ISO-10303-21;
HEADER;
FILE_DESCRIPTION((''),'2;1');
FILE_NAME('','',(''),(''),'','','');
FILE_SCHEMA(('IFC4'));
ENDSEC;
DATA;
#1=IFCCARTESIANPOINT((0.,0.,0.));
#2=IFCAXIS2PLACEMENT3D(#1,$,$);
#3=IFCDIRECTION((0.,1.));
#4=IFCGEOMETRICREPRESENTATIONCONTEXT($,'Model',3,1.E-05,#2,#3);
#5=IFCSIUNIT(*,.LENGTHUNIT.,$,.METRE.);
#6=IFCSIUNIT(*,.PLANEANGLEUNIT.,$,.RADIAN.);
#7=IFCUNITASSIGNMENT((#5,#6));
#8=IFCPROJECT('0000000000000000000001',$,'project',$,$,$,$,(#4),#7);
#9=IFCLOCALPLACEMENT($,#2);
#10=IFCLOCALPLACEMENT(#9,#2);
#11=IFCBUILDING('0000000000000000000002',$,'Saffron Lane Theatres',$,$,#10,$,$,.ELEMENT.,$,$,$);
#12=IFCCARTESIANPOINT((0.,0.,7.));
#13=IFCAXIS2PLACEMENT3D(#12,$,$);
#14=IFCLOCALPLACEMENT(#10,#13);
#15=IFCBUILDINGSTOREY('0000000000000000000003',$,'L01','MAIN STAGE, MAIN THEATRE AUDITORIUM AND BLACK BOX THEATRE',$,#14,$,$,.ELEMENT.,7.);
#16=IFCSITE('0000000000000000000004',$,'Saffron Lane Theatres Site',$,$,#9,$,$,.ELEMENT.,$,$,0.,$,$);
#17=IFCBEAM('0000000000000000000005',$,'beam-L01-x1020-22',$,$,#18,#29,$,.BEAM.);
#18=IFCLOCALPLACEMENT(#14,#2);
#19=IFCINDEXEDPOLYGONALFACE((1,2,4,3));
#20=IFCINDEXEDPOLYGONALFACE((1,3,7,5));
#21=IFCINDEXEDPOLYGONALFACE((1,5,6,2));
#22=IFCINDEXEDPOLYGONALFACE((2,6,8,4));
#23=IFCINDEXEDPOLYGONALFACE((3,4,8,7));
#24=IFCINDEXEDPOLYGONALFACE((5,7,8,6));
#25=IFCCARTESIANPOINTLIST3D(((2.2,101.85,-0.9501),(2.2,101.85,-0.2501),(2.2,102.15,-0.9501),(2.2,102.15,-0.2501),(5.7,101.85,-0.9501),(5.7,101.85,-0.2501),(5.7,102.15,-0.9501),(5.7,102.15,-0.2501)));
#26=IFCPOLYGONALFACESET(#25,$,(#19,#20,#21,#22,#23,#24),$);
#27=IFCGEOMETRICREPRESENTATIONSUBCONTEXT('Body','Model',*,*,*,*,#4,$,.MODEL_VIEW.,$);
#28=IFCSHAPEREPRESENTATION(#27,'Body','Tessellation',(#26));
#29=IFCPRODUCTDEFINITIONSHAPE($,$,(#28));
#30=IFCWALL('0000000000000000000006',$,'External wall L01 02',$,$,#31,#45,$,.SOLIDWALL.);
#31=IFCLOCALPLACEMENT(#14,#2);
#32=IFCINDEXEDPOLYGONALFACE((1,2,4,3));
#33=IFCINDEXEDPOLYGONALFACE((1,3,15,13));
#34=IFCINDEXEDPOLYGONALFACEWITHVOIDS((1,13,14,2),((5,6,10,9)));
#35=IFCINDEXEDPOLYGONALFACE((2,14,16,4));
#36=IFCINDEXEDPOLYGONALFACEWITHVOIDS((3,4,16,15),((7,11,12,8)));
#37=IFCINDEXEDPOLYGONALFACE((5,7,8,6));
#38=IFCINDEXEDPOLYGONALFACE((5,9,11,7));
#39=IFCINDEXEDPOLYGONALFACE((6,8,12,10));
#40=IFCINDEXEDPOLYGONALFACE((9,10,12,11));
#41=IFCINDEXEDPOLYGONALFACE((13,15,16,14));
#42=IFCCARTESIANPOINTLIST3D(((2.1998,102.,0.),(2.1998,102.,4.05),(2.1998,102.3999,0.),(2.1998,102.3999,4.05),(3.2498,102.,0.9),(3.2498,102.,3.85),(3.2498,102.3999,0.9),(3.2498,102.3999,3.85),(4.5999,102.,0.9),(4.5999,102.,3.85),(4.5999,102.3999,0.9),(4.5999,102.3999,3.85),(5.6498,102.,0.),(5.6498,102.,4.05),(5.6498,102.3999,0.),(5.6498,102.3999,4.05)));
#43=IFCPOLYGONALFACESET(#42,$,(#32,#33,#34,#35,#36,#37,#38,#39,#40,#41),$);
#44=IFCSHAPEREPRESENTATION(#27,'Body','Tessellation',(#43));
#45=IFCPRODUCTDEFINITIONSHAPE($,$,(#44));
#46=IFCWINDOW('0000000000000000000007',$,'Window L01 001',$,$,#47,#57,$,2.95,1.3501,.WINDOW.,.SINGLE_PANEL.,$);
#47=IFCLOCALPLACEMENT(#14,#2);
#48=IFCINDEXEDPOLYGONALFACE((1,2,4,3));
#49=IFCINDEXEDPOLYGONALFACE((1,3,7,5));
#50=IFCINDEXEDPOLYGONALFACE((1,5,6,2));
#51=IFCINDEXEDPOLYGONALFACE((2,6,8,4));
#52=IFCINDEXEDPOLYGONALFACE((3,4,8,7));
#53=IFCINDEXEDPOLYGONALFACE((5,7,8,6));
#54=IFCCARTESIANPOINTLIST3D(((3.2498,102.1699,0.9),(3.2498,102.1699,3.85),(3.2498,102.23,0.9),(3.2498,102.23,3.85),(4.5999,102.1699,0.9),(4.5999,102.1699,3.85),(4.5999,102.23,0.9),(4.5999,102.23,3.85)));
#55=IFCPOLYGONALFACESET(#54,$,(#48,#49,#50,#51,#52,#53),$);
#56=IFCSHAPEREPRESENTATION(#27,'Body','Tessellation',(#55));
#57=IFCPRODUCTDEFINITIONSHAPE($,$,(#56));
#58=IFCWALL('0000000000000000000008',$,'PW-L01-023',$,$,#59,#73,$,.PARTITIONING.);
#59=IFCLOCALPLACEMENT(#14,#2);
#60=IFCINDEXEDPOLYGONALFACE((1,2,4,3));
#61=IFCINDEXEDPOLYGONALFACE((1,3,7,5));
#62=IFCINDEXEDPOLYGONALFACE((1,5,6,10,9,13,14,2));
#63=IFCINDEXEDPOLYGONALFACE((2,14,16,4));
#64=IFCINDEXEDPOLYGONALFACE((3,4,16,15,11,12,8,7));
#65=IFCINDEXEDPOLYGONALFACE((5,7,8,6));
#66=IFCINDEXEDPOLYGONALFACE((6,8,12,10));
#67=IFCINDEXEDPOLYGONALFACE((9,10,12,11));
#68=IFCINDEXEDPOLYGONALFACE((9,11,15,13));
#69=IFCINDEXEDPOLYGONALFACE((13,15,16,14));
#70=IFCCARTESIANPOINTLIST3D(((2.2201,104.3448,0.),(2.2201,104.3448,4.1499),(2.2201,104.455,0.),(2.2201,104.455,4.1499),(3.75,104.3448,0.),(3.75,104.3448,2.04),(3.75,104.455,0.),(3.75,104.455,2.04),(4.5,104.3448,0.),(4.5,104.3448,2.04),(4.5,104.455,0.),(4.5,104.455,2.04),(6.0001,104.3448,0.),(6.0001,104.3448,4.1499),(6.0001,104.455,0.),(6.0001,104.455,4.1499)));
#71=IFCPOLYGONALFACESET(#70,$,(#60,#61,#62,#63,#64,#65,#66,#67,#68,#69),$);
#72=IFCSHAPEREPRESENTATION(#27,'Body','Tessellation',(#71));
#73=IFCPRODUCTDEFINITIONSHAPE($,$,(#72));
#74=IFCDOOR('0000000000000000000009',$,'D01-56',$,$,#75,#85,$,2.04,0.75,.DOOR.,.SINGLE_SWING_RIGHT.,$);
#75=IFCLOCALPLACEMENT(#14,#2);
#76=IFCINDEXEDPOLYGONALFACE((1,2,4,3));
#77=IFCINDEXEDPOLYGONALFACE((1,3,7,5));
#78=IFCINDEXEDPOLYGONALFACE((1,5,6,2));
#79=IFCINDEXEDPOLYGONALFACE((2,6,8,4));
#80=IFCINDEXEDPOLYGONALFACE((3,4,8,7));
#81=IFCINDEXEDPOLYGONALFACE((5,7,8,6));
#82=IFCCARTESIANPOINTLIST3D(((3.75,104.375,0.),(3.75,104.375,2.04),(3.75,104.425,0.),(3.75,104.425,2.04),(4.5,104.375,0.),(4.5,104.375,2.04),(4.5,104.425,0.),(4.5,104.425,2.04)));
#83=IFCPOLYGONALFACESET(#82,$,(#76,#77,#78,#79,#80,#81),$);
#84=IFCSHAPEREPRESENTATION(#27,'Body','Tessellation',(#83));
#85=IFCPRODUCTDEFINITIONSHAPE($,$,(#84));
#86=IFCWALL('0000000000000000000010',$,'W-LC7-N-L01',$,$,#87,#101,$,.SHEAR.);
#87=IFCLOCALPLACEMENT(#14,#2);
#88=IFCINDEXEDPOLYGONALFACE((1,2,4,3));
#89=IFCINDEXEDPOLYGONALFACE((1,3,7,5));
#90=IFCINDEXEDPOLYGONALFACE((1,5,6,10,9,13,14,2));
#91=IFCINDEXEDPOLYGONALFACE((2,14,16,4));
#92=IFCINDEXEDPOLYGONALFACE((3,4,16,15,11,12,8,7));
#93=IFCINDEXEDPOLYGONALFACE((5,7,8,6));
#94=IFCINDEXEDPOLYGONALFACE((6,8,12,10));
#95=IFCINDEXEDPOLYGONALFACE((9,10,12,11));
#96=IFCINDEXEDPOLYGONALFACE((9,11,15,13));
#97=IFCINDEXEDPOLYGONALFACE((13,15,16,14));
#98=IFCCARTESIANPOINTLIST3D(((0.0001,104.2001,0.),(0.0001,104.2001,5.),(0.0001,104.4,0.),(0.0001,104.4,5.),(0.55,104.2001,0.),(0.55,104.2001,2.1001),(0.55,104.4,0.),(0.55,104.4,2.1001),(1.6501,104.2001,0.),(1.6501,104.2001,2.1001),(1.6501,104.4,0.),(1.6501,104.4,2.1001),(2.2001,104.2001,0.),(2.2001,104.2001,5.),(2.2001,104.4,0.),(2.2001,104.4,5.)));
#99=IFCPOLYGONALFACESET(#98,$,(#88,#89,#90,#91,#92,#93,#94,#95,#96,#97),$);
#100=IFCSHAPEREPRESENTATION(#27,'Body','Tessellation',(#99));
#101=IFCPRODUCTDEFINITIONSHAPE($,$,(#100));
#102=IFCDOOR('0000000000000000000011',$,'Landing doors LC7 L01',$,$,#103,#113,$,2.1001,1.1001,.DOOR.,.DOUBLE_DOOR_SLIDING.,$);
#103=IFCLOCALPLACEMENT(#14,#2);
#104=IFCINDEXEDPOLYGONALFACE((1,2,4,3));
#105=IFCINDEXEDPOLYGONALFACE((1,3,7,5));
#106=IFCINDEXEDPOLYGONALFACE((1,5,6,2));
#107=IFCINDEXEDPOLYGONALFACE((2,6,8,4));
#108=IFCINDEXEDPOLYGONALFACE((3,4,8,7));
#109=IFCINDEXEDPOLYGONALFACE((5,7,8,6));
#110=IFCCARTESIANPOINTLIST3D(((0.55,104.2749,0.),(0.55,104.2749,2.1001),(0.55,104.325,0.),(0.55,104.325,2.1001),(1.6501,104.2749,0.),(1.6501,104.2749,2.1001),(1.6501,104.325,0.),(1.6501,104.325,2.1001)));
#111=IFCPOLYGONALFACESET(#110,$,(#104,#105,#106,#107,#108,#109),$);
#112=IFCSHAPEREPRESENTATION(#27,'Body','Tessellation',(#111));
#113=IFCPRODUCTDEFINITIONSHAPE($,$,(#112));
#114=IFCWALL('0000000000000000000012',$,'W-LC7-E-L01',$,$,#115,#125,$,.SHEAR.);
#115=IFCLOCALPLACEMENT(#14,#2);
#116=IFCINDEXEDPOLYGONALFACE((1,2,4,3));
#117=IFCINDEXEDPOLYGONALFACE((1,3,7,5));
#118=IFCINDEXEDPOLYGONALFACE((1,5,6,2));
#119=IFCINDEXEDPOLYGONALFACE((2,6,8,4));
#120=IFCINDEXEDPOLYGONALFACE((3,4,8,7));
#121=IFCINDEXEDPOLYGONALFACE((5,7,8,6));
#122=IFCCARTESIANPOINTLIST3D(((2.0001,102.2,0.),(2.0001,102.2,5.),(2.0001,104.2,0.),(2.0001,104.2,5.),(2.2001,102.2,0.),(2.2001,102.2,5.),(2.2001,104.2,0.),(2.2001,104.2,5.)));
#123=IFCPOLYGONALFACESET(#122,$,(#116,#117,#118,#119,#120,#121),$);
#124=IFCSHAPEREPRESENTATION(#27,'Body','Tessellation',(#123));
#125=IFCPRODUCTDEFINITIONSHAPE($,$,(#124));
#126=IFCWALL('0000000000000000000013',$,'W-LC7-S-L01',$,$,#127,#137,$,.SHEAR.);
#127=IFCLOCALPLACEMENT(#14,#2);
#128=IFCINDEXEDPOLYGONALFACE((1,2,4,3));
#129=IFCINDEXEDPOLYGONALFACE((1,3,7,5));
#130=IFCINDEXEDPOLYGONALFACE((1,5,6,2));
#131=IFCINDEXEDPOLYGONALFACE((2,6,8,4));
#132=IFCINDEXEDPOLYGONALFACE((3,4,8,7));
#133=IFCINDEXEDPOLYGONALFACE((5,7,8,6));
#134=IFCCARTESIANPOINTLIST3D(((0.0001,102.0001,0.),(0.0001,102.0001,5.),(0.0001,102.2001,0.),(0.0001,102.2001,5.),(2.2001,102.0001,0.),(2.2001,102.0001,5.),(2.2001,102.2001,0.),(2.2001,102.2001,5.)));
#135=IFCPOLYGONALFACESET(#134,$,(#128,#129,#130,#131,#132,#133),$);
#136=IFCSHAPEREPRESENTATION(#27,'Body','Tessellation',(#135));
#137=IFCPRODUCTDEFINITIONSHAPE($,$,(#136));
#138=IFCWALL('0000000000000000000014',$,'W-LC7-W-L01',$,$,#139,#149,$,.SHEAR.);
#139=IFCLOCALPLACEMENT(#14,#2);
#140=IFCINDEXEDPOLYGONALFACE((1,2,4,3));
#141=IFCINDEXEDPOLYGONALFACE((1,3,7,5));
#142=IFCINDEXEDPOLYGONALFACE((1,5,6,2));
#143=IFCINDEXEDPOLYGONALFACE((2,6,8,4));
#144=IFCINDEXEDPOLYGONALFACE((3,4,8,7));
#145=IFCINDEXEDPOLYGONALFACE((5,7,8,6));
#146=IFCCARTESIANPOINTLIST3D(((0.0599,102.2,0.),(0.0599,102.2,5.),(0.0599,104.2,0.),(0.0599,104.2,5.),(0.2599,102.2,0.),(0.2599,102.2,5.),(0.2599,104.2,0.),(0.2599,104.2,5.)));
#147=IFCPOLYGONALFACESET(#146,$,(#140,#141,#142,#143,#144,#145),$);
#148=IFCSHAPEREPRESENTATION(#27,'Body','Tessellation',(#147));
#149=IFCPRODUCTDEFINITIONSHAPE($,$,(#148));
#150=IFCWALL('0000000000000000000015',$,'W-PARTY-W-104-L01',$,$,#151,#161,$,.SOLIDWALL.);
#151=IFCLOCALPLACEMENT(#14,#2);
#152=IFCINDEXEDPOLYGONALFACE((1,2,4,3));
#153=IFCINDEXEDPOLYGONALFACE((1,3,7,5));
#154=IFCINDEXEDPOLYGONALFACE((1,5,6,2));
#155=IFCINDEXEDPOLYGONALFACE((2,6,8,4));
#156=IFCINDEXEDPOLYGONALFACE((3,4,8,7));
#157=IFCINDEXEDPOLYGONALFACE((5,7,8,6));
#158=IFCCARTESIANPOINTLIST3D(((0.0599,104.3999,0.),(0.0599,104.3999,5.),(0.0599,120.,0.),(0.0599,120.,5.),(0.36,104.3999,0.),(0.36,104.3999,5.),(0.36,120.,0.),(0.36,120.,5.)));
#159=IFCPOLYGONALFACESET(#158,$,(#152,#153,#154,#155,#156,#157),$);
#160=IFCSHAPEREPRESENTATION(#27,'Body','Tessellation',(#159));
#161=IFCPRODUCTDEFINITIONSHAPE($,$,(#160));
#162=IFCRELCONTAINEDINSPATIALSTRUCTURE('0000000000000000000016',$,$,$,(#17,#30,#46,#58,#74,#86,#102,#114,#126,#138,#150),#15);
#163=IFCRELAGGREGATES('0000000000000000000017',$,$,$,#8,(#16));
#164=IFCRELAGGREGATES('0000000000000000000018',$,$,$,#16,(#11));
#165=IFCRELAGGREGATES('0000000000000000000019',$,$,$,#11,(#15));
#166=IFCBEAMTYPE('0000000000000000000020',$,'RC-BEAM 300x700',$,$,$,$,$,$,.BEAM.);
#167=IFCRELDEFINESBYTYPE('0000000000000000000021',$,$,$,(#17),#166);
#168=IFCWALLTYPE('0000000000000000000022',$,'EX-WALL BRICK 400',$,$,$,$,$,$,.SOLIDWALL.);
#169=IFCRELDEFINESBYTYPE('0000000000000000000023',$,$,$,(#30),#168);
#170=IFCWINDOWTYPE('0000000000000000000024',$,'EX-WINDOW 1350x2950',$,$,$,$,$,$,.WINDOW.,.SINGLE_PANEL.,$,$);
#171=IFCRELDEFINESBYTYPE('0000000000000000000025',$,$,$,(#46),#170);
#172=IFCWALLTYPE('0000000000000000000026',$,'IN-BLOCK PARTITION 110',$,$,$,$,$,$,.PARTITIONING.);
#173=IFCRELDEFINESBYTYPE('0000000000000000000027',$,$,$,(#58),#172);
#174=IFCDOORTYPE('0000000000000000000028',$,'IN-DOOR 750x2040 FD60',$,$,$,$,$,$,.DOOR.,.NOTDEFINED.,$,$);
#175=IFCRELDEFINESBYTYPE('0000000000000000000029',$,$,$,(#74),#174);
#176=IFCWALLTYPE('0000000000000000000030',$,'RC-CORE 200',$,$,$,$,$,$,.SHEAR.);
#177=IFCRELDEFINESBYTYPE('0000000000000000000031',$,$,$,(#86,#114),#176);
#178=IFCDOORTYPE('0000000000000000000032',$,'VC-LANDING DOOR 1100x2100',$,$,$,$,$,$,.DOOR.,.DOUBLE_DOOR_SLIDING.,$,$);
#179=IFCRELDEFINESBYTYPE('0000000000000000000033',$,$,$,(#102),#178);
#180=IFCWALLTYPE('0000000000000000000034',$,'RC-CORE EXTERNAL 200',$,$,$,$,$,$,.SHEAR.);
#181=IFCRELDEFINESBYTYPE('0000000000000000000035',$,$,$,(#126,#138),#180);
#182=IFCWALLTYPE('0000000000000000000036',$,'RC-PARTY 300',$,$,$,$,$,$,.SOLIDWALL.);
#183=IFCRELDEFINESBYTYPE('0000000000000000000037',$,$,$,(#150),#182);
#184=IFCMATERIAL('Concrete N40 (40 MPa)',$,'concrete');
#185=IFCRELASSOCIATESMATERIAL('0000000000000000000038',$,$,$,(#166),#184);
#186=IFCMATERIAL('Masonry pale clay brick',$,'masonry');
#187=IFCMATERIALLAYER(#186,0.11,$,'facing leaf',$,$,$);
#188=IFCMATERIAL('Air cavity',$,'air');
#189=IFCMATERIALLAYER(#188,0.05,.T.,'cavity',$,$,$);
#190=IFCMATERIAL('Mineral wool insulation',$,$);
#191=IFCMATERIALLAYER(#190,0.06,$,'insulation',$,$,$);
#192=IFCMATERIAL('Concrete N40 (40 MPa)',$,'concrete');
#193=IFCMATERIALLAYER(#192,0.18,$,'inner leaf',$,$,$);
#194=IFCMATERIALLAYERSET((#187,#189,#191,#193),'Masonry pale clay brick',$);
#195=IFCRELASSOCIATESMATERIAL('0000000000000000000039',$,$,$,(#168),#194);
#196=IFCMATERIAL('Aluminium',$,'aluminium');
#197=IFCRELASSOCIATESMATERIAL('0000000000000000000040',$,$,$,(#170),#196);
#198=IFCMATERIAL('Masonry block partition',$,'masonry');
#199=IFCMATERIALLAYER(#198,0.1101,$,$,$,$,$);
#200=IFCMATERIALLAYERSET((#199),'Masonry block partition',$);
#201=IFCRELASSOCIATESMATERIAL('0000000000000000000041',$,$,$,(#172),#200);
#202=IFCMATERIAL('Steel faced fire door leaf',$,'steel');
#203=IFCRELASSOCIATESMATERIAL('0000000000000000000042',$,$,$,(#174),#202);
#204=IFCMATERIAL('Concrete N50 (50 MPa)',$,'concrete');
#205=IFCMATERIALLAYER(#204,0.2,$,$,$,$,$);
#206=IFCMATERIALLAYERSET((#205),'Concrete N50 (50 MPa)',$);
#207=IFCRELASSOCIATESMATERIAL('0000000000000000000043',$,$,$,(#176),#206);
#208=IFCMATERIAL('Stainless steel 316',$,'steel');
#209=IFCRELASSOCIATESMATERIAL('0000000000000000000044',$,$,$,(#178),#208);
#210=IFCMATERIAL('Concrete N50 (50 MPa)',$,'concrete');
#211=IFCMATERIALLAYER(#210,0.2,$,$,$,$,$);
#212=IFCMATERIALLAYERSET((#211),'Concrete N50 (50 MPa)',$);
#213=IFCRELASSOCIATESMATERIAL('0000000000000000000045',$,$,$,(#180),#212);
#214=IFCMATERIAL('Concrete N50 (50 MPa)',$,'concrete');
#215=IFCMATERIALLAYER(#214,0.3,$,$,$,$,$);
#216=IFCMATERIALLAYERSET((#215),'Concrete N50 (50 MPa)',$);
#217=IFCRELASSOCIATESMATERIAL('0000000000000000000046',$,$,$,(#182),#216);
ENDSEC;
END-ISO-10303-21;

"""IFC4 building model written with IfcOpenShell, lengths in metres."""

from ifc_helpers import new_model, si_unit, direction, frame, frame_2d, origin, origin_2d, place, context, subcontext, project, spatial, rectangle, extrude, material, layer, layer_set, material_profile, profile_set, type_object, element, fill, save


model = new_model("IFC4")

# Units and contexts
model_context = context("Model", 3, precision=1e-05, world=origin(), true_north=direction((0.0, 1.0)))
body_context = subcontext(model_context, "Body", "Model", "MODEL_VIEW")
ifc_project = project(units=[si_unit("LENGTHUNIT", "METRE"), si_unit("PLANEANGLEUNIT", "RADIAN")], contexts=[model_context])

# Site, building, storey
site_placement = place(None, origin())
site = spatial("IfcSite", under=ifc_project, at=site_placement, Name="Saffron Lane Theatres Site", CompositionType="ELEMENT", RefElevation=0.0)
building_placement = place(site_placement, origin())
building = spatial("IfcBuilding", under=site, at=building_placement, Name="Saffron Lane Theatres", CompositionType="ELEMENT")
storey_placement = place(building_placement, frame((0.0, 0.0, 7.0)))
storey = spatial("IfcBuildingStorey", under=building, at=storey_placement, Name="L01", Description="MAIN STAGE, MAIN THEATRE AUDITORIUM AND BLACK BOX THEATRE", CompositionType="ELEMENT", Elevation=7.0)

# Beam
ifc_material_1 = material(Name="Concrete N40 (40 MPa)", Category="concrete")
ifc_material_profile = material_profile(ifc_material_1, rectangle(XDim=0.3, YDim=0.7, at=origin_2d()))
ifc_profile_set = profile_set([ifc_material_profile], Name="Concrete N40 (40 MPa)")
beam_type = type_object("IfcBeamType", Name="RC-BEAM 300x700", PredefinedType="BEAM", material=ifc_profile_set)
beam_placement = place(storey_placement, frame((2.2, 102.0, -0.6001), z_axis=(1.0, 0.0, 0.0), x_axis=(0.0, 1.0, 0.0)))
element("IfcBeam", 1, at=beam_placement, inside=storey, type_object=beam_type, Name="beam-L01-x1020-22", PredefinedType="BEAM", context=body_context, shape_type="SweptSolid", body=[
    extrude(rectangle(XDim=0.3, YDim=0.7, at=origin_2d()), origin(), (0.0, 0.0, 1.0), 3.5),
])

# Wall, opening, window
ifc_material_2 = material(Name="Masonry pale clay brick", Category="masonry")
ifc_layer_1 = layer(ifc_material_2, 0.11, Name="facing leaf")
ifc_material_3 = material(Name="Air cavity", Category="air")
ifc_layer_2 = layer(ifc_material_3, 0.05, ventilated=True, Name="cavity")
ifc_material_4 = material(Name="Mineral wool insulation")
ifc_layer_3 = layer(ifc_material_4, 0.06, Name="insulation")
ifc_material_5 = material(Name="Concrete N40 (40 MPa)", Category="concrete")
ifc_layer_4 = layer(ifc_material_5, 0.18, Name="inner leaf")
ifc_layer_set_1 = layer_set([ifc_layer_1, ifc_layer_2, ifc_layer_3, ifc_layer_4], Name="Masonry pale clay brick")
wall_type_1 = type_object("IfcWallType", Name="EX-WALL BRICK 400", PredefinedType="SOLIDWALL", material=ifc_layer_set_1)
wall_1_placement = place(storey_placement, frame((5.6499, 102.2, 0.0), z_axis=(0.0, 0.0, 1.0), x_axis=(-1.0, 0.0, 0.0)))
wall_1 = element("IfcWall", 2, at=wall_1_placement, inside=storey, type_object=wall_type_1, Name="External wall L01 02", PredefinedType="SOLIDWALL", context=body_context, shape_type="SweptSolid", body=[
    extrude(rectangle(XDim=3.45, YDim=0.3999, at=frame_2d((1.7251, 0.0))), origin(), (0.0, 0.0, 1.0), 4.05),
])
opening_1_placement = place(wall_1_placement, frame((1.05, 0.0, 0.8999)))
opening_1 = element("IfcOpeningElement", 3, at=opening_1_placement, cuts=wall_1, PredefinedType="OPENING", context=body_context, shape_type="SweptSolid", body=[
    extrude(rectangle(XDim=1.3501, YDim=2.95, at=frame_2d((0.675, 1.4751))), frame((0.0, 0.21, 0.0), z_axis=(0.0, -1.0, 0.0), x_axis=(1.0, 0.0, 0.0)), (0.0, 0.0, 1.0), 0.4199),
])
ifc_material_6 = material(Name="Aluminium", Category="aluminium")
window_type = type_object("IfcWindowType", Name="EX-WINDOW 1350x2950", PartitioningType="SINGLE_PANEL", PredefinedType="WINDOW", material=ifc_material_6)
window_placement = place(opening_1_placement, origin())
window = element("IfcWindow", 4, at=window_placement, inside=storey, type_object=window_type, Name="Window L01 001", OverallHeight=2.95, OverallWidth=1.3501, PartitioningType="SINGLE_PANEL", PredefinedType="WINDOW", context=body_context, shape_type="SweptSolid", body=[
    extrude(rectangle(XDim=1.3501, YDim=2.95, at=frame_2d((0.675, 1.4751))), frame((0.0, 0.03, 0.0), z_axis=(0.0, -1.0, 0.0), x_axis=(1.0, 0.0, 0.0)), (0.0, 0.0, 1.0), 0.0601),
])
fill(opening_1, window)

# Walls, openings, doors
ifc_material_7 = material(Name="Masonry block partition", Category="masonry")
ifc_layer_5 = layer(ifc_material_7, 0.1101)
ifc_layer_set_2 = layer_set([ifc_layer_5], Name="Masonry block partition")
wall_type_2 = type_object("IfcWallType", Name="IN-BLOCK PARTITION 110", PredefinedType="PARTITIONING", material=ifc_layer_set_2)
wall_2_placement = place(storey_placement, frame((2.22, 104.3999, 0.0), z_axis=(0.0, 0.0, 1.0), x_axis=(1.0, 0.0, 0.0)))
wall_2 = element("IfcWall", 5, at=wall_2_placement, inside=storey, type_object=wall_type_2, Name="PW-L01-023", PredefinedType="PARTITIONING", context=body_context, shape_type="SweptSolid", body=[
    extrude(rectangle(XDim=3.78, YDim=0.1101, at=frame_2d((1.8901, 0.0))), origin(), (0.0, 0.0, 1.0), 4.1499),
])
opening_2_placement = place(wall_2_placement, frame((1.53, 0.0, 0.0)))
opening_2 = element("IfcOpeningElement", 6, at=opening_2_placement, cuts=wall_2, PredefinedType="OPENING", context=body_context, shape_type="SweptSolid", body=[
    extrude(rectangle(XDim=0.75, YDim=2.04, at=frame_2d((0.375, 1.02))), frame((0.0, 0.0649, 0.0), z_axis=(0.0, -1.0, 0.0), x_axis=(1.0, 0.0, 0.0)), (0.0, 0.0, 1.0), 0.1301),
])
ifc_material_8 = material(Name="Steel faced fire door leaf", Category="steel")
door_type_1 = type_object("IfcDoorType", Name="IN-DOOR 750x2040 FD60", OperationType="NOTDEFINED", PredefinedType="DOOR", material=ifc_material_8)
door_1_placement = place(opening_2_placement, frame((0.75, 0.0, 0.0), z_axis=(0.0, 0.0, 1.0), x_axis=(-1.0, 0.0, 0.0)))
door_1 = element("IfcDoor", 7, at=door_1_placement, inside=storey, type_object=door_type_1, Name="D01-56", OperationType="SINGLE_SWING_RIGHT", OverallHeight=2.04, OverallWidth=0.75, PredefinedType="DOOR", context=body_context, shape_type="SweptSolid", body=[
    extrude(rectangle(XDim=0.75, YDim=2.04, at=frame_2d((0.375, 1.02))), frame((0.0, 0.0249, 0.0), z_axis=(0.0, -1.0, 0.0), x_axis=(1.0, 0.0, 0.0)), (0.0, 0.0, 1.0), 0.05),
])
fill(opening_2, door_1)
ifc_material_9 = material(Name="Concrete N50 (50 MPa)", Category="concrete")
ifc_layer_6 = layer(ifc_material_9, 0.2)
ifc_layer_set_3 = layer_set([ifc_layer_6], Name="Concrete N50 (50 MPa)")
wall_type_3 = type_object("IfcWallType", Name="RC-CORE 200", PredefinedType="SHEAR", material=ifc_layer_set_3)
wall_3_placement = place(storey_placement, frame((0.0, 104.3, 0.0), z_axis=(0.0, 0.0, 1.0), x_axis=(1.0, 0.0, 0.0)))
wall_3 = element("IfcWall", 8, at=wall_3_placement, inside=storey, type_object=wall_type_3, Name="W-LC7-N-L01", PredefinedType="SHEAR", context=body_context, shape_type="SweptSolid", body=[
    extrude(rectangle(XDim=2.2, YDim=0.2, at=frame_2d((1.1001, 0.0))), origin(), (0.0, 0.0, 1.0), 5.0),
])
opening_3_placement = place(wall_3_placement, frame((0.55, 0.0, 0.0)))
opening_3 = element("IfcOpeningElement", 9, at=opening_3_placement, cuts=wall_3, PredefinedType="OPENING", context=body_context, shape_type="SweptSolid", body=[
    extrude(rectangle(XDim=1.1001, YDim=2.1001, at=frame_2d((0.55, 1.05))), frame((0.0, 0.1099, 0.0), z_axis=(0.0, -1.0, 0.0), x_axis=(1.0, 0.0, 0.0)), (0.0, 0.0, 1.0), 0.22),
])
ifc_material_10 = material(Name="Stainless steel 316", Category="steel")
door_type_2 = type_object("IfcDoorType", Name="VC-LANDING DOOR 1100x2100", OperationType="DOUBLE_DOOR_SLIDING", PredefinedType="DOOR", material=ifc_material_10)
door_2_placement = place(opening_3_placement, origin())
door_2 = element("IfcDoor", 10, at=door_2_placement, inside=storey, type_object=door_type_2, Name="Landing doors LC7 L01", OperationType="DOUBLE_DOOR_SLIDING", OverallHeight=2.1001, OverallWidth=1.1001, PredefinedType="DOOR", context=body_context, shape_type="SweptSolid", body=[
    extrude(rectangle(XDim=1.1001, YDim=2.1001, at=frame_2d((0.55, 1.05))), frame((0.0, 0.0249, 0.0), z_axis=(0.0, -1.0, 0.0), x_axis=(1.0, 0.0, 0.0)), (0.0, 0.0, 1.0), 0.05),
])
fill(opening_3, door_2)

# Walls
wall_4_placement = place(storey_placement, frame((2.1001, 102.2, 0.0), z_axis=(0.0, 0.0, 1.0), x_axis=(0.0, 1.0, 0.0)))
element("IfcWall", 11, at=wall_4_placement, inside=storey, type_object=wall_type_3, Name="W-LC7-E-L01", PredefinedType="SHEAR", context=body_context, shape_type="SweptSolid", body=[
    extrude(rectangle(XDim=2.0, YDim=0.2, at=frame_2d((1.0, 0.0))), origin(), (0.0, 0.0, 1.0), 5.0),
])
ifc_material_11 = material(Name="Concrete N50 (50 MPa)", Category="concrete")
ifc_layer_7 = layer(ifc_material_11, 0.2)
ifc_layer_set_4 = layer_set([ifc_layer_7], Name="Concrete N50 (50 MPa)")
wall_type_4 = type_object("IfcWallType", Name="RC-CORE EXTERNAL 200", PredefinedType="SHEAR", material=ifc_layer_set_4)
wall_5_placement = place(storey_placement, frame((0.0, 102.1001, 0.0), z_axis=(0.0, 0.0, 1.0), x_axis=(1.0, 0.0, 0.0)))
element("IfcWall", 12, at=wall_5_placement, inside=storey, type_object=wall_type_4, Name="W-LC7-S-L01", PredefinedType="SHEAR", context=body_context, shape_type="SweptSolid", body=[
    extrude(rectangle(XDim=2.2, YDim=0.2, at=frame_2d((1.1001, 0.0))), origin(), (0.0, 0.0, 1.0), 5.0),
])
wall_6_placement = place(storey_placement, frame((0.1599, 102.2, 0.0), z_axis=(0.0, 0.0, 1.0), x_axis=(0.0, 1.0, 0.0)))
element("IfcWall", 13, at=wall_6_placement, inside=storey, type_object=wall_type_4, Name="W-LC7-W-L01", PredefinedType="SHEAR", context=body_context, shape_type="SweptSolid", body=[
    extrude(rectangle(XDim=2.0, YDim=0.2, at=frame_2d((1.0, 0.0))), origin(), (0.0, 0.0, 1.0), 5.0),
])
ifc_material_12 = material(Name="Concrete N50 (50 MPa)", Category="concrete")
ifc_layer_8 = layer(ifc_material_12, 0.3)
ifc_layer_set_5 = layer_set([ifc_layer_8], Name="Concrete N50 (50 MPa)")
wall_type_5 = type_object("IfcWallType", Name="RC-PARTY 300", PredefinedType="SOLIDWALL", material=ifc_layer_set_5)
wall_7_placement = place(storey_placement, frame((0.21, 104.3999, 0.0), z_axis=(0.0, 0.0, 1.0), x_axis=(0.0, 1.0, 0.0)))
element("IfcWall", 14, at=wall_7_placement, inside=storey, type_object=wall_type_5, Name="W-PARTY-W-104-L01", PredefinedType="SOLIDWALL", context=body_context, shape_type="SweptSolid", body=[
    extrude(rectangle(XDim=15.6001, YDim=0.3, at=frame_2d((7.8, 0.0))), origin(), (0.0, 0.0, 1.0), 5.0),
])

save(model, "model.ifc")
